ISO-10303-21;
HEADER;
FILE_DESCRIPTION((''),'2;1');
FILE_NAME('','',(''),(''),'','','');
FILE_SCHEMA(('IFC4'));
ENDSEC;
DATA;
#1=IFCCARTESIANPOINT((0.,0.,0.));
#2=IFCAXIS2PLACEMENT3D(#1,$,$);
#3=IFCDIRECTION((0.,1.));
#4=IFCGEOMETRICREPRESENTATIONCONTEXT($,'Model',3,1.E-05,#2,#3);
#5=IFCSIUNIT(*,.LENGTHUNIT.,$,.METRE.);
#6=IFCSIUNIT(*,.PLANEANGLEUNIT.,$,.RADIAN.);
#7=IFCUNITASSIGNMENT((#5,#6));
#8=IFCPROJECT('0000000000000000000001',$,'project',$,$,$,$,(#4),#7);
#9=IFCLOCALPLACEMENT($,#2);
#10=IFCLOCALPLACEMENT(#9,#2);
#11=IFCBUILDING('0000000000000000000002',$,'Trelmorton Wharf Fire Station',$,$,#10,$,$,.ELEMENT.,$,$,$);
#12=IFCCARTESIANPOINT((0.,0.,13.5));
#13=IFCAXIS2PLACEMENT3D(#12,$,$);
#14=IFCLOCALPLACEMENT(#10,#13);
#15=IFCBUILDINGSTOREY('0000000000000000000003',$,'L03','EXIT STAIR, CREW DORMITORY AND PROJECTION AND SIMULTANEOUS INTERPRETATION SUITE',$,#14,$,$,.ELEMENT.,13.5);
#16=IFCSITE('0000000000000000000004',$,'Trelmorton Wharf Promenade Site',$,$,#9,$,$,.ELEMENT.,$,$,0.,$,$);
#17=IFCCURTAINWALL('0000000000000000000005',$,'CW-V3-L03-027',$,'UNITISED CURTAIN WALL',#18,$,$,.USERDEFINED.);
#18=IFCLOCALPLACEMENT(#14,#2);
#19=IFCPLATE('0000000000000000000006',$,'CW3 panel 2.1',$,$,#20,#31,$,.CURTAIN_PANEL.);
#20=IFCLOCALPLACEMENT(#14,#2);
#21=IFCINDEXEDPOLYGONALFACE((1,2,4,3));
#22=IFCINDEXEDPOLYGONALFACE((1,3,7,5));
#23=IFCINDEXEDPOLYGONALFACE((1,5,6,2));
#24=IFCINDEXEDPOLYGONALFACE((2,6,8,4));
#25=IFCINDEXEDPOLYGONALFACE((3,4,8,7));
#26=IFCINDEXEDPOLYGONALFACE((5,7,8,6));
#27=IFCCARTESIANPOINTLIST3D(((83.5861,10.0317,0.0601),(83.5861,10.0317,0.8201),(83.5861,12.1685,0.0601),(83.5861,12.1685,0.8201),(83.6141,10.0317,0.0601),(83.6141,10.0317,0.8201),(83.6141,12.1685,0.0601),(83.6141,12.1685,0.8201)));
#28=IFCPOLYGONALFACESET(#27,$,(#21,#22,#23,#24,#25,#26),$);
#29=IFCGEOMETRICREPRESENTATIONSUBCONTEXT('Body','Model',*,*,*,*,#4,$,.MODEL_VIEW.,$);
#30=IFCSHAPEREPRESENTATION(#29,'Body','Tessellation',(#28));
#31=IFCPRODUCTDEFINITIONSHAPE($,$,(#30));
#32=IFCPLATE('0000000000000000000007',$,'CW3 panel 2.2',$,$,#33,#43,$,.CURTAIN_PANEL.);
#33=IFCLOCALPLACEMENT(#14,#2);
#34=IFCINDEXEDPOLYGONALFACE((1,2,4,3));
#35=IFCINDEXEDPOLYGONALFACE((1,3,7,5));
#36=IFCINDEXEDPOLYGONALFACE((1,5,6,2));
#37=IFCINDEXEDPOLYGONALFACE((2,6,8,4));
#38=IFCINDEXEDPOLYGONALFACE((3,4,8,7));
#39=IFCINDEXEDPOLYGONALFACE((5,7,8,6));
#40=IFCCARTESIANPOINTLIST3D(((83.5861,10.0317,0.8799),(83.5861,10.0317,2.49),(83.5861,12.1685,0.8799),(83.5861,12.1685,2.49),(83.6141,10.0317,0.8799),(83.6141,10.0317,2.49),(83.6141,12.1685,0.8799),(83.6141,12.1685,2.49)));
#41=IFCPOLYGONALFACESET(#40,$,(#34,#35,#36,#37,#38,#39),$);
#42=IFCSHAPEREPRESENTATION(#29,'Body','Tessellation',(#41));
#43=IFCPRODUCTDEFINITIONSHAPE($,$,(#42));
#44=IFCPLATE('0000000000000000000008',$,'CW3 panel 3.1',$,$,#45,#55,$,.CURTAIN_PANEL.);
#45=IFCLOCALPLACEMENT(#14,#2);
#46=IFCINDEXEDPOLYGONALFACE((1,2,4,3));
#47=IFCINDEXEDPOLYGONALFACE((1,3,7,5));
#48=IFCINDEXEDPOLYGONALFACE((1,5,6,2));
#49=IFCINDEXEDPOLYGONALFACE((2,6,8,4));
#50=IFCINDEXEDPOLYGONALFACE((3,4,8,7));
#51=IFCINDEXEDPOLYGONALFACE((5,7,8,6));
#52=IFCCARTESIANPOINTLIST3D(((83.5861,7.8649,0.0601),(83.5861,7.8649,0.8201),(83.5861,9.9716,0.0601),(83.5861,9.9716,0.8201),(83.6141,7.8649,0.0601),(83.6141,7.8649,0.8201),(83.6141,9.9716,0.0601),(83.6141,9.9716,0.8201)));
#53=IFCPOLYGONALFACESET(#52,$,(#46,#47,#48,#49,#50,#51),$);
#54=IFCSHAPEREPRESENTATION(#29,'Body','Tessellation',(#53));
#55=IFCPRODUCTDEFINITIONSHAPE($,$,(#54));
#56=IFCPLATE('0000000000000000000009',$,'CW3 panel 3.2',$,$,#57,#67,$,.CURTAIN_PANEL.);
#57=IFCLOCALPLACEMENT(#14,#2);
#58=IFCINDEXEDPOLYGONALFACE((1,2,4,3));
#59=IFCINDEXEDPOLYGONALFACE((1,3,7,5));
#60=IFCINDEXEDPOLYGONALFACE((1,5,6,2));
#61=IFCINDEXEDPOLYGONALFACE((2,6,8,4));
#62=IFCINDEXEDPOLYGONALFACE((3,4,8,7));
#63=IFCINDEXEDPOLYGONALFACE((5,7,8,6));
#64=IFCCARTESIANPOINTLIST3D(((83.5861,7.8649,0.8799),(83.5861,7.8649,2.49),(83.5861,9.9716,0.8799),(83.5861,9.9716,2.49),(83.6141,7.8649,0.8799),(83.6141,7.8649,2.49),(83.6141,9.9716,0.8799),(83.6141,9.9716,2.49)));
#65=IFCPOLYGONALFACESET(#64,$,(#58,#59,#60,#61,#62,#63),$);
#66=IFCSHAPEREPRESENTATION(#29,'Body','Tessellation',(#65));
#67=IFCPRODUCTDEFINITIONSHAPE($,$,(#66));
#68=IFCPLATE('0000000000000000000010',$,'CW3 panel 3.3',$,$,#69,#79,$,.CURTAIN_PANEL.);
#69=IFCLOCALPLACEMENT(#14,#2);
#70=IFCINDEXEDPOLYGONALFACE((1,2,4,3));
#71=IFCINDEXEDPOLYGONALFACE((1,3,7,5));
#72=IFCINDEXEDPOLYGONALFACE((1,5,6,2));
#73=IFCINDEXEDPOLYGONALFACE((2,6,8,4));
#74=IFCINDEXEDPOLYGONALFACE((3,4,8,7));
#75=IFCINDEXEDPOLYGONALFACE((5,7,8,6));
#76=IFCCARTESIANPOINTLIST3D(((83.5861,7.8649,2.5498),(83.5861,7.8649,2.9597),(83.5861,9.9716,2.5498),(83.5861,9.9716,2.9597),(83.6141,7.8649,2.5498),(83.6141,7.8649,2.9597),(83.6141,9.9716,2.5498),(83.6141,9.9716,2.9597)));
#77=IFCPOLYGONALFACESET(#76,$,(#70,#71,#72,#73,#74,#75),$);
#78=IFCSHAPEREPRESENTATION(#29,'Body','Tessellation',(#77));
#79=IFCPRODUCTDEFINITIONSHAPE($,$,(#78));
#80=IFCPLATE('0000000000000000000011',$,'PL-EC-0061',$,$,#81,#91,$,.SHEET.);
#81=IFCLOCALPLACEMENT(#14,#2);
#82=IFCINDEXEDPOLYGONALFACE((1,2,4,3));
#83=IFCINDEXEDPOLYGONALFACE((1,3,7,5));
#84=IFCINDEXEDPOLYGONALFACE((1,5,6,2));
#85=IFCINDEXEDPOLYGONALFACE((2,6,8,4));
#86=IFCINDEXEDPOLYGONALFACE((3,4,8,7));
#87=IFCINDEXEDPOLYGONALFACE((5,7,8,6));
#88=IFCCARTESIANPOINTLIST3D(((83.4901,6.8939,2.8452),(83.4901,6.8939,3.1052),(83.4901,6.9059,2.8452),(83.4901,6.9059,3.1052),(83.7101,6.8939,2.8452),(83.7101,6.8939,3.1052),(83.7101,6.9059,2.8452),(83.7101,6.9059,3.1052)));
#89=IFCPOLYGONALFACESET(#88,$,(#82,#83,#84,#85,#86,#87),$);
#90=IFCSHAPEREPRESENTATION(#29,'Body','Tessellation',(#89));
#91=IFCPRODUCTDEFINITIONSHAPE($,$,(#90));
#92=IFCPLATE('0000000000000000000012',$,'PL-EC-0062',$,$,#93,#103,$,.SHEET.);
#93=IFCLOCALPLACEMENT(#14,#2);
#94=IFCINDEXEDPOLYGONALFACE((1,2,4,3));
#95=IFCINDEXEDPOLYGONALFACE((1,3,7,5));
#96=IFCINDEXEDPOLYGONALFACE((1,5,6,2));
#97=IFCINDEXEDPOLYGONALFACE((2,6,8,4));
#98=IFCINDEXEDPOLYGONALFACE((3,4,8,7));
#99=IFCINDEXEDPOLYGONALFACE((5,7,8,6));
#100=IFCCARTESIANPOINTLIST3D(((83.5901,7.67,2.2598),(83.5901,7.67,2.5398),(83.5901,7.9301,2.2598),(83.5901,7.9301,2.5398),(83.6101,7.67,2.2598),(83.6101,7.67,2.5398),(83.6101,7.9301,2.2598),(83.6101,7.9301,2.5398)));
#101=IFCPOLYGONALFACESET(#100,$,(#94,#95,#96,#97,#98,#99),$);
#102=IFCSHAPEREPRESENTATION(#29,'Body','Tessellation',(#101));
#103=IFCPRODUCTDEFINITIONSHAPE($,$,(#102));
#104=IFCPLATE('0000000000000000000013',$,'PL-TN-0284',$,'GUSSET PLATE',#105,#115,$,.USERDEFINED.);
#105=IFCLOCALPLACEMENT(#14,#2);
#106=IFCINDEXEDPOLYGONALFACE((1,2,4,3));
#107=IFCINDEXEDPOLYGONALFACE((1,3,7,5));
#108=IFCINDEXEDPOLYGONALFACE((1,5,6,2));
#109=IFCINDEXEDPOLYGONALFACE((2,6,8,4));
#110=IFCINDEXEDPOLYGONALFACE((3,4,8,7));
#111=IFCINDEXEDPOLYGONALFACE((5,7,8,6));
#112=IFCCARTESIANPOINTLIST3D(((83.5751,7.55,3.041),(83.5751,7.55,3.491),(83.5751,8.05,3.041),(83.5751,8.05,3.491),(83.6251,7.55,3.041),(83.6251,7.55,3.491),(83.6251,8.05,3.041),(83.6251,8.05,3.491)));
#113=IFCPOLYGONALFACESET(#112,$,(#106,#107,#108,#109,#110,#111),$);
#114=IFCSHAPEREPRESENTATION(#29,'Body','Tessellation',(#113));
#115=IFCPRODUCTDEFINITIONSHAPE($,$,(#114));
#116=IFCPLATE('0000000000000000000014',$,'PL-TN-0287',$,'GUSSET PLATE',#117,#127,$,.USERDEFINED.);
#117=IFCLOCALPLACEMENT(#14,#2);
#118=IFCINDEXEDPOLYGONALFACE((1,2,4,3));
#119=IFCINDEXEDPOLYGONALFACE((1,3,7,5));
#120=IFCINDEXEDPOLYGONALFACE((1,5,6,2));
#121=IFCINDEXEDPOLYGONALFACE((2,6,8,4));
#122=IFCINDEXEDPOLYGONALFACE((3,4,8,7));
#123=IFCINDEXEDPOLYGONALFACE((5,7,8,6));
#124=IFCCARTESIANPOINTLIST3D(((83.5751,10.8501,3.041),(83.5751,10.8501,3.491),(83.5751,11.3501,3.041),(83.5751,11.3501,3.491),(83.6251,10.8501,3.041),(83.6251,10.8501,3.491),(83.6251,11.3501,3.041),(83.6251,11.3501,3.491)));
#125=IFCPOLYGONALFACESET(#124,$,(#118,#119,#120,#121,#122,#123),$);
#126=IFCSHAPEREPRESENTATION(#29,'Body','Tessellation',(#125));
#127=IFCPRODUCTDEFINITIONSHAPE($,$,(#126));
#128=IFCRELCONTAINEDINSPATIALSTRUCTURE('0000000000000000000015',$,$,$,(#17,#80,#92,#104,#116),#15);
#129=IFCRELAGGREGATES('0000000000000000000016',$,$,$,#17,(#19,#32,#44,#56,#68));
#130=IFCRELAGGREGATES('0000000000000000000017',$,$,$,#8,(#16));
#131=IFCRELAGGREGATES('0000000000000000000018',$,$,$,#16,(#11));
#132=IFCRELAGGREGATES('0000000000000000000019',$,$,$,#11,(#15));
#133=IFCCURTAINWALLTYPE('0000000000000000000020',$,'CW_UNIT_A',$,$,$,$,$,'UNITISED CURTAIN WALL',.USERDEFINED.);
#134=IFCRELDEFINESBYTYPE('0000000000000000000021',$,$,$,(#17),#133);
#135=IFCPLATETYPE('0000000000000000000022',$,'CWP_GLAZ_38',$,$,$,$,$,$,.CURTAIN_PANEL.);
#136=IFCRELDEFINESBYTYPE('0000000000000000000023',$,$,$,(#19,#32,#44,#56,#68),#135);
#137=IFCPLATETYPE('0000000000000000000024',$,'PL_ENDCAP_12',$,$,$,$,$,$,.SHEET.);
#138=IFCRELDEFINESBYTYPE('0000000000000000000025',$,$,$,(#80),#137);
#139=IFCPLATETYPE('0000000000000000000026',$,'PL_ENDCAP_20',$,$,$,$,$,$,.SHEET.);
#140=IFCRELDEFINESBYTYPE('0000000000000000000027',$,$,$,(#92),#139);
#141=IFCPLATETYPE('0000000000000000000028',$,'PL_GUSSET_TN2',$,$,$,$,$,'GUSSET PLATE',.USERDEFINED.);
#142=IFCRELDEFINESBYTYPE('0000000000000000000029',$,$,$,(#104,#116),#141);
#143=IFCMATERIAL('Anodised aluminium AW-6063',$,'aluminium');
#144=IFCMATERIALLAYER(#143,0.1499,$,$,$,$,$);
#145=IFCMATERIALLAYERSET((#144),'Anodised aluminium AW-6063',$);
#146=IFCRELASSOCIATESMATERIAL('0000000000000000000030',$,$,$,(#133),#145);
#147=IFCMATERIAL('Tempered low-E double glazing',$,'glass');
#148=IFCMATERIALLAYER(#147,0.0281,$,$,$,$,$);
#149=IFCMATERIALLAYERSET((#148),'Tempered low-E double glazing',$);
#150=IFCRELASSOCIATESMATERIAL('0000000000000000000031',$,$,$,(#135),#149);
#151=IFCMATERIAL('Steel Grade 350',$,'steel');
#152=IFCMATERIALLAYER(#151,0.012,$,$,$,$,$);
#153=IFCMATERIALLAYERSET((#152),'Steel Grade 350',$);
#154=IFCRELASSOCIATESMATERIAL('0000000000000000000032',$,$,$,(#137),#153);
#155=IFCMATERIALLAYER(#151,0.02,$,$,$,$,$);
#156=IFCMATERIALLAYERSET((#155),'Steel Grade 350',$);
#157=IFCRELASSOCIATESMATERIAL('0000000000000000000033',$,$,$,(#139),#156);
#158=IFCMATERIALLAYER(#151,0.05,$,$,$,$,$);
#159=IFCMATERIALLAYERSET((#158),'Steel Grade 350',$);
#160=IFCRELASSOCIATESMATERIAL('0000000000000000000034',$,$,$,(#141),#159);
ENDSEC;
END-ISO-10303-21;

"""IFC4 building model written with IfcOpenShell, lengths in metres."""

from ifc_helpers import new_model, si_unit, direction, frame, origin, origin_2d, place, context, subcontext, project, spatial, rectangle, extrude, material, layer, layer_set, type_object, element, aggregate, save


model = new_model("IFC4")

# Units and contexts
model_context = context("Model", 3, precision=1e-05, world=origin(), true_north=direction((0.0, 1.0)))
body_context = subcontext(model_context, "Body", "Model", "MODEL_VIEW")
ifc_project = project(units=[si_unit("LENGTHUNIT", "METRE"), si_unit("PLANEANGLEUNIT", "RADIAN")], contexts=[model_context])

# Site, building, storey
site_placement = place(None, origin())
site = spatial("IfcSite", under=ifc_project, at=site_placement, Name="Trelmorton Wharf Promenade Site", CompositionType="ELEMENT", RefElevation=0.0)
building_placement = place(site_placement, origin())
building = spatial("IfcBuilding", under=site, at=building_placement, Name="Trelmorton Wharf Fire Station", CompositionType="ELEMENT")
storey_placement = place(building_placement, frame((0.0, 0.0, 13.5)))
storey = spatial("IfcBuildingStorey", under=building, at=storey_placement, Name="L03", Description="EXIT STAIR, CREW DORMITORY AND PROJECTION AND SIMULTANEOUS INTERPRETATION SUITE", CompositionType="ELEMENT", Elevation=13.5)

# Shared definitions
ifc_material_1 = material(Name="Steel Grade 350", Category="steel")

# Curtain wall
ifc_material_2 = material(Name="Anodised aluminium AW-6063", Category="aluminium")
ifc_layer_1 = layer(ifc_material_2, 0.1499)
ifc_layer_set_1 = layer_set([ifc_layer_1], Name="Anodised aluminium AW-6063")
curtain_wall_type = type_object("IfcCurtainWallType", Name="CW_UNIT_A", ElementType="UNITISED CURTAIN WALL", PredefinedType="USERDEFINED", material=ifc_layer_set_1)
curtain_wall_placement = place(storey_placement, origin())
curtain_wall = element("IfcCurtainWall", 1, at=curtain_wall_placement, inside=storey, type_object=curtain_wall_type, Name="CW-V3-L03-027", ObjectType="UNITISED CURTAIN WALL", PredefinedType="USERDEFINED")

# Plates
ifc_material_3 = material(Name="Tempered low-E double glazing", Category="glass")
ifc_layer_2 = layer(ifc_material_3, 0.0281)
ifc_layer_set_2 = layer_set([ifc_layer_2], Name="Tempered low-E double glazing")
plate_type_1 = type_object("IfcPlateType", Name="CWP_GLAZ_38", PredefinedType="CURTAIN_PANEL", material=ifc_layer_set_2)
plate_1_placement = place(storey_placement, frame((83.6001, 11.1001, 0.0601), z_axis=(0.0, 0.0, 1.0), x_axis=(0.0, -1.0, 0.0)))
plate_1 = element("IfcPlate", 2, at=plate_1_placement, type_object=plate_type_1, Name="CW3 panel 2.1", PredefinedType="CURTAIN_PANEL", context=body_context, shape_type="SweptSolid", body=[
    extrude(rectangle(XDim=2.1367, YDim=0.0281, at=origin_2d()), origin(), (0.0, 0.0, 1.0), 0.76),
])
plate_2_placement = place(storey_placement, frame((83.6001, 11.1001, 0.8799), z_axis=(0.0, 0.0, 1.0), x_axis=(0.0, -1.0, 0.0)))
plate_2 = element("IfcPlate", 3, at=plate_2_placement, type_object=plate_type_1, Name="CW3 panel 2.2", PredefinedType="CURTAIN_PANEL", context=body_context, shape_type="SweptSolid", body=[
    extrude(rectangle(XDim=2.1367, YDim=0.0281, at=origin_2d()), origin(), (0.0, 0.0, 1.0), 1.6101),
])
plate_3_placement = place(storey_placement, frame((83.6001, 8.9182, 0.0601), z_axis=(0.0, 0.0, 1.0), x_axis=(0.0, -1.0, 0.0)))
plate_3 = element("IfcPlate", 4, at=plate_3_placement, type_object=plate_type_1, Name="CW3 panel 3.1", PredefinedType="CURTAIN_PANEL", context=body_context, shape_type="SweptSolid", body=[
    extrude(rectangle(XDim=2.1067, YDim=0.0281, at=origin_2d()), origin(), (0.0, 0.0, 1.0), 0.76),
])
plate_4_placement = place(storey_placement, frame((83.6001, 8.9182, 0.8799), z_axis=(0.0, 0.0, 1.0), x_axis=(0.0, -1.0, 0.0)))
plate_4 = element("IfcPlate", 5, at=plate_4_placement, type_object=plate_type_1, Name="CW3 panel 3.2", PredefinedType="CURTAIN_PANEL", context=body_context, shape_type="SweptSolid", body=[
    extrude(rectangle(XDim=2.1067, YDim=0.0281, at=origin_2d()), origin(), (0.0, 0.0, 1.0), 1.6101),
])
plate_5_placement = place(storey_placement, frame((83.6001, 8.9182, 2.5498), z_axis=(0.0, 0.0, 1.0), x_axis=(0.0, -1.0, 0.0)))
plate_5 = element("IfcPlate", 6, at=plate_5_placement, type_object=plate_type_1, Name="CW3 panel 3.3", PredefinedType="CURTAIN_PANEL", context=body_context, shape_type="SweptSolid", body=[
    extrude(rectangle(XDim=2.1067, YDim=0.0281, at=origin_2d()), origin(), (0.0, 0.0, 1.0), 0.4099),
])
aggregate(curtain_wall, [plate_1, plate_2, plate_3, plate_4, plate_5])

# Plates
ifc_layer_3 = layer(ifc_material_1, 0.012)
ifc_layer_set_3 = layer_set([ifc_layer_3], Name="Steel Grade 350")
plate_type_2 = type_object("IfcPlateType", Name="PL_ENDCAP_12", PredefinedType="SHEET", material=ifc_layer_set_3)
plate_6_placement = place(storey_placement, frame((83.6001, 6.8999, 2.8452), z_axis=(0.0, 0.0, 1.0), x_axis=(1.0, 0.0, 0.0)))
element("IfcPlate", 7, at=plate_6_placement, inside=storey, type_object=plate_type_2, Name="PL-EC-0061", PredefinedType="SHEET", context=body_context, shape_type="SweptSolid", body=[
    extrude(rectangle(XDim=0.22, YDim=0.012, at=origin_2d()), origin(), (0.0, 0.0, 1.0), 0.26),
])
ifc_layer_4 = layer(ifc_material_1, 0.02)
ifc_layer_set_4 = layer_set([ifc_layer_4], Name="Steel Grade 350")
plate_type_3 = type_object("IfcPlateType", Name="PL_ENDCAP_20", PredefinedType="SHEET", material=ifc_layer_set_4)
plate_7_placement = place(storey_placement, frame((83.6001, 7.8, 2.2598), z_axis=(0.0, 0.0, 1.0), x_axis=(1.0, 0.0, 0.0)))
element("IfcPlate", 8, at=plate_7_placement, inside=storey, type_object=plate_type_3, Name="PL-EC-0062", PredefinedType="SHEET", context=body_context, shape_type="SweptSolid", body=[
    extrude(rectangle(XDim=0.02, YDim=0.26, at=origin_2d()), origin(), (0.0, 0.0, 1.0), 0.28),
])
ifc_layer_5 = layer(ifc_material_1, 0.05)
ifc_layer_set_5 = layer_set([ifc_layer_5], Name="Steel Grade 350")
plate_type_4 = type_object("IfcPlateType", Name="PL_GUSSET_TN2", ElementType="GUSSET PLATE", PredefinedType="USERDEFINED", material=ifc_layer_set_5)
for number, where, z_axis, x_axis, name in (
    (9, (83.6001, 7.8, 3.041), (0.0, 0.0, 1.0), (1.0, 0.0, 0.0), "PL-TN-0284"),
    (10, (83.6001, 11.1001, 3.041), (0.0, 0.0, 1.0), (1.0, 0.0, 0.0), "PL-TN-0287"),
):
    element("IfcPlate", number, at=place(storey_placement, frame(where, z_axis=z_axis, x_axis=x_axis)), inside=storey, type_object=plate_type_4, Name=name, ObjectType="GUSSET PLATE", PredefinedType="USERDEFINED", context=body_context, shape_type="SweptSolid", body=[
        extrude(rectangle(XDim=0.05, YDim=0.5, at=origin_2d()), origin(), (0.0, 0.0, 1.0), 0.45),
    ])

save(model, "model.ifc")
